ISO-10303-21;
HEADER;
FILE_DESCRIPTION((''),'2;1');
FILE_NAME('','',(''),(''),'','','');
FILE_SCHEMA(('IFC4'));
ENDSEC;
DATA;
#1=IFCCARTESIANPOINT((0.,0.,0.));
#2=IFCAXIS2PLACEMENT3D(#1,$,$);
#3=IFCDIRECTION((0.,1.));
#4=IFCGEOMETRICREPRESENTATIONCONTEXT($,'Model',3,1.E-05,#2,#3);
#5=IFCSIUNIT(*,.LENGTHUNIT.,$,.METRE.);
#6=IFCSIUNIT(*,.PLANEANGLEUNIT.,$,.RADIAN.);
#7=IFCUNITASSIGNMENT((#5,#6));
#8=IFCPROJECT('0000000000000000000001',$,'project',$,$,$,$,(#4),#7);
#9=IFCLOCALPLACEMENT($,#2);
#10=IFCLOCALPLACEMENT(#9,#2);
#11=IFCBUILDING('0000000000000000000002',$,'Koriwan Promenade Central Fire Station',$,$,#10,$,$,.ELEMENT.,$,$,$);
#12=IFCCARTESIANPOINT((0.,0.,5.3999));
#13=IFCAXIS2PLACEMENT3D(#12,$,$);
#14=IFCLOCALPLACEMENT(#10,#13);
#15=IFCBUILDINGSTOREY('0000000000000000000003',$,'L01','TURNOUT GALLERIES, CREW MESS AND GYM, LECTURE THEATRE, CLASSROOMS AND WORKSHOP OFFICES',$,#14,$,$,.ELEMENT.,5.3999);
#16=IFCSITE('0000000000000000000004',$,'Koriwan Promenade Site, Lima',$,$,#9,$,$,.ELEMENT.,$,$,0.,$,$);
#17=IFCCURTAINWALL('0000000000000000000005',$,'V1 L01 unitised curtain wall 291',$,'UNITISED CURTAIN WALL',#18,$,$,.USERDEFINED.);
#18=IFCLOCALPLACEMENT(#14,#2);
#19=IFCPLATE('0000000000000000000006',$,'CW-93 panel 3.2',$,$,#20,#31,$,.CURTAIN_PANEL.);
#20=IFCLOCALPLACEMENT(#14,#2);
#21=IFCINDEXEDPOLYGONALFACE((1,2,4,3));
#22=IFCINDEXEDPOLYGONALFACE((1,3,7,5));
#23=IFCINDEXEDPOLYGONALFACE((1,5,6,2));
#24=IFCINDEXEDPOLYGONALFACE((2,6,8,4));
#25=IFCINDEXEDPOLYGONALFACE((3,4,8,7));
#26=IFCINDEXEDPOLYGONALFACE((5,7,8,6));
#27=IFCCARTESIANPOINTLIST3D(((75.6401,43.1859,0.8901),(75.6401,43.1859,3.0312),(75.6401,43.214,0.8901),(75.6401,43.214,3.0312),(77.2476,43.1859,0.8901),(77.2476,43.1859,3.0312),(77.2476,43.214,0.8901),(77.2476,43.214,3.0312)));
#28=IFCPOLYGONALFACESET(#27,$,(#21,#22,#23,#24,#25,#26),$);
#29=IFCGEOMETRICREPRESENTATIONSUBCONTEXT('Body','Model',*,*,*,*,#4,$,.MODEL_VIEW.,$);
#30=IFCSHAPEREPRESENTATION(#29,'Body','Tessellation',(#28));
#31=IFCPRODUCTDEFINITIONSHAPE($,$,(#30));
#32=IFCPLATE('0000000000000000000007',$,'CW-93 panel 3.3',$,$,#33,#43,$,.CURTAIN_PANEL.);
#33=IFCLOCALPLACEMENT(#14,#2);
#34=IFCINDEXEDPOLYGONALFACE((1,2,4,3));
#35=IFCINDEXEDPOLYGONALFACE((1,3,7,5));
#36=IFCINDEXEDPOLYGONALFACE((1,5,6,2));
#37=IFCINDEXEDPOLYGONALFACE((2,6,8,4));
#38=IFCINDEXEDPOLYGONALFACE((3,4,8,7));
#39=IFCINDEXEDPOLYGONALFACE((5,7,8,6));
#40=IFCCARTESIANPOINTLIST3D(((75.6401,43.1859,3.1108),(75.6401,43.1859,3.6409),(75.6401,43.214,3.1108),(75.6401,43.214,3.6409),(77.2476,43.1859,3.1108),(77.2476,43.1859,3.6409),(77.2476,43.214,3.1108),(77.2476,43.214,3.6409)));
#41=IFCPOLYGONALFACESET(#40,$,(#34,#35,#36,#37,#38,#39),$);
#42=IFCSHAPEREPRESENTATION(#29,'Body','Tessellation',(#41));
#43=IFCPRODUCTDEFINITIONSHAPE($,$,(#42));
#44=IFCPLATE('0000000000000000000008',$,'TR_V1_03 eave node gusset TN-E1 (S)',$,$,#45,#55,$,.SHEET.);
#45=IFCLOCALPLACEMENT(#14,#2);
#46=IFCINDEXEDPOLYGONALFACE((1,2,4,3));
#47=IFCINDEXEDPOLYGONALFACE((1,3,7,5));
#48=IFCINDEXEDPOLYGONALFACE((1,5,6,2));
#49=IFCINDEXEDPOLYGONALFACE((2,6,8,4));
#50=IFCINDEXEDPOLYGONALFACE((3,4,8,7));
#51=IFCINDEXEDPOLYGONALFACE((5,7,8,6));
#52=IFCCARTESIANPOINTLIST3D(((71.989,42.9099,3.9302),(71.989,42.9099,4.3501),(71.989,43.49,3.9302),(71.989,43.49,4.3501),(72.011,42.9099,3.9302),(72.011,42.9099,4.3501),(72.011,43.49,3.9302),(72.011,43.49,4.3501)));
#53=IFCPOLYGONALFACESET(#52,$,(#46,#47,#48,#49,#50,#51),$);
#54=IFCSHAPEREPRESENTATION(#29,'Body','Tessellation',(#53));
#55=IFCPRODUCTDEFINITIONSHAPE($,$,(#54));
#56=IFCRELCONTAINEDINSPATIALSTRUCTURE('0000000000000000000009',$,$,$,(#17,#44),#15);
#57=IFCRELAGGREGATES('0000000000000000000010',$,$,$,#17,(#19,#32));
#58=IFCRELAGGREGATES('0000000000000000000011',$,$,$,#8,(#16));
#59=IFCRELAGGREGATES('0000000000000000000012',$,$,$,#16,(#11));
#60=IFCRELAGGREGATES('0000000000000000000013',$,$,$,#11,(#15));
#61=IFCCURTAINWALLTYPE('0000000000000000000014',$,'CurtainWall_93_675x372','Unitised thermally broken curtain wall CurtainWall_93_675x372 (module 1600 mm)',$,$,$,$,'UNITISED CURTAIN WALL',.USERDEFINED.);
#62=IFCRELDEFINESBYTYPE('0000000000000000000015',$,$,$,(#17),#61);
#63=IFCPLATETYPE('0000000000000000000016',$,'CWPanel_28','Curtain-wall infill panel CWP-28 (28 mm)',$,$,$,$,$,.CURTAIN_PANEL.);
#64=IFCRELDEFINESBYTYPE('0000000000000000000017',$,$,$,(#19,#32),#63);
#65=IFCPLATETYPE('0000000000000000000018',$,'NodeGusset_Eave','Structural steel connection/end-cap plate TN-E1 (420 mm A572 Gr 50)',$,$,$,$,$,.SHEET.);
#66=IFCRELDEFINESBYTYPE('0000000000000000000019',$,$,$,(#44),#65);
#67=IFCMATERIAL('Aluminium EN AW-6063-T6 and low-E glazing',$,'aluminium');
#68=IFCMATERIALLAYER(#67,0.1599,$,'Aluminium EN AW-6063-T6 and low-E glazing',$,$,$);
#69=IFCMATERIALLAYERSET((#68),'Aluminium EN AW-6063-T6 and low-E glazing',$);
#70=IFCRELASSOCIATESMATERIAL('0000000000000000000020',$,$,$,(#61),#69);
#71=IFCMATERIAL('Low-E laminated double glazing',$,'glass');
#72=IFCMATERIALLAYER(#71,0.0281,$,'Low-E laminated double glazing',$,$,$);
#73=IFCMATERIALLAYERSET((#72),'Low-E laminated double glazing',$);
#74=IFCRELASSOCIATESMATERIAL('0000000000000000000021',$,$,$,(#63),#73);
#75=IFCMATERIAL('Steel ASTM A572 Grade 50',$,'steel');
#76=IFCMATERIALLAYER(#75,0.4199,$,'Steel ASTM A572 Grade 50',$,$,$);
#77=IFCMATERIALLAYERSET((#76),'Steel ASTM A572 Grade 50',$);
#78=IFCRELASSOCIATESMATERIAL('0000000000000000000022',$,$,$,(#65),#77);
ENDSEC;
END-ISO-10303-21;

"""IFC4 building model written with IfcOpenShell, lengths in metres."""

from ifc_helpers import new_model, si_unit, direction, frame, origin, origin_2d, place, context, subcontext, project, spatial, rectangle, extrude, material, layer, layer_set, type_object, element, aggregate, save


model = new_model("IFC4")

# Units and contexts
model_context = context("Model", 3, precision=1e-05, world=origin(), true_north=direction((0.0, 1.0)))
body_context = subcontext(model_context, "Body", "Model", "MODEL_VIEW")
ifc_project = project(units=[si_unit("LENGTHUNIT", "METRE"), si_unit("PLANEANGLEUNIT", "RADIAN")], contexts=[model_context])

# Site, building, storey
site_placement = place(None, origin())
site = spatial("IfcSite", under=ifc_project, at=site_placement, Name="Koriwan Promenade Site, Lima", CompositionType="ELEMENT", RefElevation=0.0)
building_placement = place(site_placement, origin())
building = spatial("IfcBuilding", under=site, at=building_placement, Name="Koriwan Promenade Central Fire Station", CompositionType="ELEMENT")
storey_placement = place(building_placement, frame((0.0, 0.0, 5.3999)))
storey = spatial("IfcBuildingStorey", under=building, at=storey_placement, Name="L01", Description="TURNOUT GALLERIES, CREW MESS AND GYM, LECTURE THEATRE, CLASSROOMS AND WORKSHOP OFFICES", CompositionType="ELEMENT", Elevation=5.3999)

# Curtain wall
ifc_material_1 = material(Name="Aluminium EN AW-6063-T6 and low-E glazing", Category="aluminium")
ifc_layer_1 = layer(ifc_material_1, 0.1599, Name="Aluminium EN AW-6063-T6 and low-E glazing")
ifc_layer_set_1 = layer_set([ifc_layer_1], Name="Aluminium EN AW-6063-T6 and low-E glazing")
curtain_wall_type = type_object("IfcCurtainWallType", Name="CurtainWall_93_675x372", Description="Unitised thermally broken curtain wall CurtainWall_93_675x372 (module 1600 mm)", ElementType="UNITISED CURTAIN WALL", PredefinedType="USERDEFINED", material=ifc_layer_set_1)
curtain_wall_placement = place(storey_placement, origin())
curtain_wall = element("IfcCurtainWall", 1, at=curtain_wall_placement, inside=storey, type_object=curtain_wall_type, Name="V1 L01 unitised curtain wall 291", ObjectType="UNITISED CURTAIN WALL", PredefinedType="USERDEFINED")

# Plates
ifc_material_2 = material(Name="Low-E laminated double glazing", Category="glass")
ifc_layer_2 = layer(ifc_material_2, 0.0281, Name="Low-E laminated double glazing")
ifc_layer_set_2 = layer_set([ifc_layer_2], Name="Low-E laminated double glazing")
plate_type_1 = type_object("IfcPlateType", Name="CWPanel_28", Description="Curtain-wall infill panel CWP-28 (28 mm)", PredefinedType="CURTAIN_PANEL", material=ifc_layer_set_2)
plate_1_placement = place(storey_placement, frame((76.4438, 43.2, 0.8901), z_axis=(0.0, 0.0, 1.0), x_axis=(1.0, 0.0, 0.0)))
plate_1 = element("IfcPlate", 2, at=plate_1_placement, type_object=plate_type_1, Name="CW-93 panel 3.2", PredefinedType="CURTAIN_PANEL", context=body_context, shape_type="SweptSolid", body=[
    extrude(rectangle(XDim=1.6074, YDim=0.0281, at=origin_2d()), origin(), (0.0, 0.0, 1.0), 2.1411),
])
plate_2_placement = place(storey_placement, frame((76.4438, 43.2, 3.1108), z_axis=(0.0, 0.0, 1.0), x_axis=(1.0, 0.0, 0.0)))
plate_2 = element("IfcPlate", 3, at=plate_2_placement, type_object=plate_type_1, Name="CW-93 panel 3.3", PredefinedType="CURTAIN_PANEL", context=body_context, shape_type="SweptSolid", body=[
    extrude(rectangle(XDim=1.6074, YDim=0.0281, at=origin_2d()), origin(), (0.0, 0.0, 1.0), 0.53),
])
aggregate(curtain_wall, [plate_1, plate_2])
ifc_material_3 = material(Name="Steel ASTM A572 Grade 50", Category="steel")
ifc_layer_3 = layer(ifc_material_3, 0.4199, Name="Steel ASTM A572 Grade 50")
ifc_layer_set_3 = layer_set([ifc_layer_3], Name="Steel ASTM A572 Grade 50")
plate_type_2 = type_object("IfcPlateType", Name="NodeGusset_Eave", Description="Structural steel connection/end-cap plate TN-E1 (420 mm A572 Gr 50)", PredefinedType="SHEET", material=ifc_layer_set_3)
plate_3_placement = place(storey_placement, frame((72.0, 43.2, 3.9302), z_axis=(0.0, 0.0, 1.0), x_axis=(1.0, 0.0, 0.0)))
element("IfcPlate", 4, at=plate_3_placement, inside=storey, type_object=plate_type_2, Name="TR_V1_03 eave node gusset TN-E1 (S)", PredefinedType="SHEET", context=body_context, shape_type="SweptSolid", body=[
    extrude(rectangle(XDim=0.022, YDim=0.5801, at=origin_2d()), origin(), (0.0, 0.0, 1.0), 0.4199),
])

save(model, "model.ifc")
